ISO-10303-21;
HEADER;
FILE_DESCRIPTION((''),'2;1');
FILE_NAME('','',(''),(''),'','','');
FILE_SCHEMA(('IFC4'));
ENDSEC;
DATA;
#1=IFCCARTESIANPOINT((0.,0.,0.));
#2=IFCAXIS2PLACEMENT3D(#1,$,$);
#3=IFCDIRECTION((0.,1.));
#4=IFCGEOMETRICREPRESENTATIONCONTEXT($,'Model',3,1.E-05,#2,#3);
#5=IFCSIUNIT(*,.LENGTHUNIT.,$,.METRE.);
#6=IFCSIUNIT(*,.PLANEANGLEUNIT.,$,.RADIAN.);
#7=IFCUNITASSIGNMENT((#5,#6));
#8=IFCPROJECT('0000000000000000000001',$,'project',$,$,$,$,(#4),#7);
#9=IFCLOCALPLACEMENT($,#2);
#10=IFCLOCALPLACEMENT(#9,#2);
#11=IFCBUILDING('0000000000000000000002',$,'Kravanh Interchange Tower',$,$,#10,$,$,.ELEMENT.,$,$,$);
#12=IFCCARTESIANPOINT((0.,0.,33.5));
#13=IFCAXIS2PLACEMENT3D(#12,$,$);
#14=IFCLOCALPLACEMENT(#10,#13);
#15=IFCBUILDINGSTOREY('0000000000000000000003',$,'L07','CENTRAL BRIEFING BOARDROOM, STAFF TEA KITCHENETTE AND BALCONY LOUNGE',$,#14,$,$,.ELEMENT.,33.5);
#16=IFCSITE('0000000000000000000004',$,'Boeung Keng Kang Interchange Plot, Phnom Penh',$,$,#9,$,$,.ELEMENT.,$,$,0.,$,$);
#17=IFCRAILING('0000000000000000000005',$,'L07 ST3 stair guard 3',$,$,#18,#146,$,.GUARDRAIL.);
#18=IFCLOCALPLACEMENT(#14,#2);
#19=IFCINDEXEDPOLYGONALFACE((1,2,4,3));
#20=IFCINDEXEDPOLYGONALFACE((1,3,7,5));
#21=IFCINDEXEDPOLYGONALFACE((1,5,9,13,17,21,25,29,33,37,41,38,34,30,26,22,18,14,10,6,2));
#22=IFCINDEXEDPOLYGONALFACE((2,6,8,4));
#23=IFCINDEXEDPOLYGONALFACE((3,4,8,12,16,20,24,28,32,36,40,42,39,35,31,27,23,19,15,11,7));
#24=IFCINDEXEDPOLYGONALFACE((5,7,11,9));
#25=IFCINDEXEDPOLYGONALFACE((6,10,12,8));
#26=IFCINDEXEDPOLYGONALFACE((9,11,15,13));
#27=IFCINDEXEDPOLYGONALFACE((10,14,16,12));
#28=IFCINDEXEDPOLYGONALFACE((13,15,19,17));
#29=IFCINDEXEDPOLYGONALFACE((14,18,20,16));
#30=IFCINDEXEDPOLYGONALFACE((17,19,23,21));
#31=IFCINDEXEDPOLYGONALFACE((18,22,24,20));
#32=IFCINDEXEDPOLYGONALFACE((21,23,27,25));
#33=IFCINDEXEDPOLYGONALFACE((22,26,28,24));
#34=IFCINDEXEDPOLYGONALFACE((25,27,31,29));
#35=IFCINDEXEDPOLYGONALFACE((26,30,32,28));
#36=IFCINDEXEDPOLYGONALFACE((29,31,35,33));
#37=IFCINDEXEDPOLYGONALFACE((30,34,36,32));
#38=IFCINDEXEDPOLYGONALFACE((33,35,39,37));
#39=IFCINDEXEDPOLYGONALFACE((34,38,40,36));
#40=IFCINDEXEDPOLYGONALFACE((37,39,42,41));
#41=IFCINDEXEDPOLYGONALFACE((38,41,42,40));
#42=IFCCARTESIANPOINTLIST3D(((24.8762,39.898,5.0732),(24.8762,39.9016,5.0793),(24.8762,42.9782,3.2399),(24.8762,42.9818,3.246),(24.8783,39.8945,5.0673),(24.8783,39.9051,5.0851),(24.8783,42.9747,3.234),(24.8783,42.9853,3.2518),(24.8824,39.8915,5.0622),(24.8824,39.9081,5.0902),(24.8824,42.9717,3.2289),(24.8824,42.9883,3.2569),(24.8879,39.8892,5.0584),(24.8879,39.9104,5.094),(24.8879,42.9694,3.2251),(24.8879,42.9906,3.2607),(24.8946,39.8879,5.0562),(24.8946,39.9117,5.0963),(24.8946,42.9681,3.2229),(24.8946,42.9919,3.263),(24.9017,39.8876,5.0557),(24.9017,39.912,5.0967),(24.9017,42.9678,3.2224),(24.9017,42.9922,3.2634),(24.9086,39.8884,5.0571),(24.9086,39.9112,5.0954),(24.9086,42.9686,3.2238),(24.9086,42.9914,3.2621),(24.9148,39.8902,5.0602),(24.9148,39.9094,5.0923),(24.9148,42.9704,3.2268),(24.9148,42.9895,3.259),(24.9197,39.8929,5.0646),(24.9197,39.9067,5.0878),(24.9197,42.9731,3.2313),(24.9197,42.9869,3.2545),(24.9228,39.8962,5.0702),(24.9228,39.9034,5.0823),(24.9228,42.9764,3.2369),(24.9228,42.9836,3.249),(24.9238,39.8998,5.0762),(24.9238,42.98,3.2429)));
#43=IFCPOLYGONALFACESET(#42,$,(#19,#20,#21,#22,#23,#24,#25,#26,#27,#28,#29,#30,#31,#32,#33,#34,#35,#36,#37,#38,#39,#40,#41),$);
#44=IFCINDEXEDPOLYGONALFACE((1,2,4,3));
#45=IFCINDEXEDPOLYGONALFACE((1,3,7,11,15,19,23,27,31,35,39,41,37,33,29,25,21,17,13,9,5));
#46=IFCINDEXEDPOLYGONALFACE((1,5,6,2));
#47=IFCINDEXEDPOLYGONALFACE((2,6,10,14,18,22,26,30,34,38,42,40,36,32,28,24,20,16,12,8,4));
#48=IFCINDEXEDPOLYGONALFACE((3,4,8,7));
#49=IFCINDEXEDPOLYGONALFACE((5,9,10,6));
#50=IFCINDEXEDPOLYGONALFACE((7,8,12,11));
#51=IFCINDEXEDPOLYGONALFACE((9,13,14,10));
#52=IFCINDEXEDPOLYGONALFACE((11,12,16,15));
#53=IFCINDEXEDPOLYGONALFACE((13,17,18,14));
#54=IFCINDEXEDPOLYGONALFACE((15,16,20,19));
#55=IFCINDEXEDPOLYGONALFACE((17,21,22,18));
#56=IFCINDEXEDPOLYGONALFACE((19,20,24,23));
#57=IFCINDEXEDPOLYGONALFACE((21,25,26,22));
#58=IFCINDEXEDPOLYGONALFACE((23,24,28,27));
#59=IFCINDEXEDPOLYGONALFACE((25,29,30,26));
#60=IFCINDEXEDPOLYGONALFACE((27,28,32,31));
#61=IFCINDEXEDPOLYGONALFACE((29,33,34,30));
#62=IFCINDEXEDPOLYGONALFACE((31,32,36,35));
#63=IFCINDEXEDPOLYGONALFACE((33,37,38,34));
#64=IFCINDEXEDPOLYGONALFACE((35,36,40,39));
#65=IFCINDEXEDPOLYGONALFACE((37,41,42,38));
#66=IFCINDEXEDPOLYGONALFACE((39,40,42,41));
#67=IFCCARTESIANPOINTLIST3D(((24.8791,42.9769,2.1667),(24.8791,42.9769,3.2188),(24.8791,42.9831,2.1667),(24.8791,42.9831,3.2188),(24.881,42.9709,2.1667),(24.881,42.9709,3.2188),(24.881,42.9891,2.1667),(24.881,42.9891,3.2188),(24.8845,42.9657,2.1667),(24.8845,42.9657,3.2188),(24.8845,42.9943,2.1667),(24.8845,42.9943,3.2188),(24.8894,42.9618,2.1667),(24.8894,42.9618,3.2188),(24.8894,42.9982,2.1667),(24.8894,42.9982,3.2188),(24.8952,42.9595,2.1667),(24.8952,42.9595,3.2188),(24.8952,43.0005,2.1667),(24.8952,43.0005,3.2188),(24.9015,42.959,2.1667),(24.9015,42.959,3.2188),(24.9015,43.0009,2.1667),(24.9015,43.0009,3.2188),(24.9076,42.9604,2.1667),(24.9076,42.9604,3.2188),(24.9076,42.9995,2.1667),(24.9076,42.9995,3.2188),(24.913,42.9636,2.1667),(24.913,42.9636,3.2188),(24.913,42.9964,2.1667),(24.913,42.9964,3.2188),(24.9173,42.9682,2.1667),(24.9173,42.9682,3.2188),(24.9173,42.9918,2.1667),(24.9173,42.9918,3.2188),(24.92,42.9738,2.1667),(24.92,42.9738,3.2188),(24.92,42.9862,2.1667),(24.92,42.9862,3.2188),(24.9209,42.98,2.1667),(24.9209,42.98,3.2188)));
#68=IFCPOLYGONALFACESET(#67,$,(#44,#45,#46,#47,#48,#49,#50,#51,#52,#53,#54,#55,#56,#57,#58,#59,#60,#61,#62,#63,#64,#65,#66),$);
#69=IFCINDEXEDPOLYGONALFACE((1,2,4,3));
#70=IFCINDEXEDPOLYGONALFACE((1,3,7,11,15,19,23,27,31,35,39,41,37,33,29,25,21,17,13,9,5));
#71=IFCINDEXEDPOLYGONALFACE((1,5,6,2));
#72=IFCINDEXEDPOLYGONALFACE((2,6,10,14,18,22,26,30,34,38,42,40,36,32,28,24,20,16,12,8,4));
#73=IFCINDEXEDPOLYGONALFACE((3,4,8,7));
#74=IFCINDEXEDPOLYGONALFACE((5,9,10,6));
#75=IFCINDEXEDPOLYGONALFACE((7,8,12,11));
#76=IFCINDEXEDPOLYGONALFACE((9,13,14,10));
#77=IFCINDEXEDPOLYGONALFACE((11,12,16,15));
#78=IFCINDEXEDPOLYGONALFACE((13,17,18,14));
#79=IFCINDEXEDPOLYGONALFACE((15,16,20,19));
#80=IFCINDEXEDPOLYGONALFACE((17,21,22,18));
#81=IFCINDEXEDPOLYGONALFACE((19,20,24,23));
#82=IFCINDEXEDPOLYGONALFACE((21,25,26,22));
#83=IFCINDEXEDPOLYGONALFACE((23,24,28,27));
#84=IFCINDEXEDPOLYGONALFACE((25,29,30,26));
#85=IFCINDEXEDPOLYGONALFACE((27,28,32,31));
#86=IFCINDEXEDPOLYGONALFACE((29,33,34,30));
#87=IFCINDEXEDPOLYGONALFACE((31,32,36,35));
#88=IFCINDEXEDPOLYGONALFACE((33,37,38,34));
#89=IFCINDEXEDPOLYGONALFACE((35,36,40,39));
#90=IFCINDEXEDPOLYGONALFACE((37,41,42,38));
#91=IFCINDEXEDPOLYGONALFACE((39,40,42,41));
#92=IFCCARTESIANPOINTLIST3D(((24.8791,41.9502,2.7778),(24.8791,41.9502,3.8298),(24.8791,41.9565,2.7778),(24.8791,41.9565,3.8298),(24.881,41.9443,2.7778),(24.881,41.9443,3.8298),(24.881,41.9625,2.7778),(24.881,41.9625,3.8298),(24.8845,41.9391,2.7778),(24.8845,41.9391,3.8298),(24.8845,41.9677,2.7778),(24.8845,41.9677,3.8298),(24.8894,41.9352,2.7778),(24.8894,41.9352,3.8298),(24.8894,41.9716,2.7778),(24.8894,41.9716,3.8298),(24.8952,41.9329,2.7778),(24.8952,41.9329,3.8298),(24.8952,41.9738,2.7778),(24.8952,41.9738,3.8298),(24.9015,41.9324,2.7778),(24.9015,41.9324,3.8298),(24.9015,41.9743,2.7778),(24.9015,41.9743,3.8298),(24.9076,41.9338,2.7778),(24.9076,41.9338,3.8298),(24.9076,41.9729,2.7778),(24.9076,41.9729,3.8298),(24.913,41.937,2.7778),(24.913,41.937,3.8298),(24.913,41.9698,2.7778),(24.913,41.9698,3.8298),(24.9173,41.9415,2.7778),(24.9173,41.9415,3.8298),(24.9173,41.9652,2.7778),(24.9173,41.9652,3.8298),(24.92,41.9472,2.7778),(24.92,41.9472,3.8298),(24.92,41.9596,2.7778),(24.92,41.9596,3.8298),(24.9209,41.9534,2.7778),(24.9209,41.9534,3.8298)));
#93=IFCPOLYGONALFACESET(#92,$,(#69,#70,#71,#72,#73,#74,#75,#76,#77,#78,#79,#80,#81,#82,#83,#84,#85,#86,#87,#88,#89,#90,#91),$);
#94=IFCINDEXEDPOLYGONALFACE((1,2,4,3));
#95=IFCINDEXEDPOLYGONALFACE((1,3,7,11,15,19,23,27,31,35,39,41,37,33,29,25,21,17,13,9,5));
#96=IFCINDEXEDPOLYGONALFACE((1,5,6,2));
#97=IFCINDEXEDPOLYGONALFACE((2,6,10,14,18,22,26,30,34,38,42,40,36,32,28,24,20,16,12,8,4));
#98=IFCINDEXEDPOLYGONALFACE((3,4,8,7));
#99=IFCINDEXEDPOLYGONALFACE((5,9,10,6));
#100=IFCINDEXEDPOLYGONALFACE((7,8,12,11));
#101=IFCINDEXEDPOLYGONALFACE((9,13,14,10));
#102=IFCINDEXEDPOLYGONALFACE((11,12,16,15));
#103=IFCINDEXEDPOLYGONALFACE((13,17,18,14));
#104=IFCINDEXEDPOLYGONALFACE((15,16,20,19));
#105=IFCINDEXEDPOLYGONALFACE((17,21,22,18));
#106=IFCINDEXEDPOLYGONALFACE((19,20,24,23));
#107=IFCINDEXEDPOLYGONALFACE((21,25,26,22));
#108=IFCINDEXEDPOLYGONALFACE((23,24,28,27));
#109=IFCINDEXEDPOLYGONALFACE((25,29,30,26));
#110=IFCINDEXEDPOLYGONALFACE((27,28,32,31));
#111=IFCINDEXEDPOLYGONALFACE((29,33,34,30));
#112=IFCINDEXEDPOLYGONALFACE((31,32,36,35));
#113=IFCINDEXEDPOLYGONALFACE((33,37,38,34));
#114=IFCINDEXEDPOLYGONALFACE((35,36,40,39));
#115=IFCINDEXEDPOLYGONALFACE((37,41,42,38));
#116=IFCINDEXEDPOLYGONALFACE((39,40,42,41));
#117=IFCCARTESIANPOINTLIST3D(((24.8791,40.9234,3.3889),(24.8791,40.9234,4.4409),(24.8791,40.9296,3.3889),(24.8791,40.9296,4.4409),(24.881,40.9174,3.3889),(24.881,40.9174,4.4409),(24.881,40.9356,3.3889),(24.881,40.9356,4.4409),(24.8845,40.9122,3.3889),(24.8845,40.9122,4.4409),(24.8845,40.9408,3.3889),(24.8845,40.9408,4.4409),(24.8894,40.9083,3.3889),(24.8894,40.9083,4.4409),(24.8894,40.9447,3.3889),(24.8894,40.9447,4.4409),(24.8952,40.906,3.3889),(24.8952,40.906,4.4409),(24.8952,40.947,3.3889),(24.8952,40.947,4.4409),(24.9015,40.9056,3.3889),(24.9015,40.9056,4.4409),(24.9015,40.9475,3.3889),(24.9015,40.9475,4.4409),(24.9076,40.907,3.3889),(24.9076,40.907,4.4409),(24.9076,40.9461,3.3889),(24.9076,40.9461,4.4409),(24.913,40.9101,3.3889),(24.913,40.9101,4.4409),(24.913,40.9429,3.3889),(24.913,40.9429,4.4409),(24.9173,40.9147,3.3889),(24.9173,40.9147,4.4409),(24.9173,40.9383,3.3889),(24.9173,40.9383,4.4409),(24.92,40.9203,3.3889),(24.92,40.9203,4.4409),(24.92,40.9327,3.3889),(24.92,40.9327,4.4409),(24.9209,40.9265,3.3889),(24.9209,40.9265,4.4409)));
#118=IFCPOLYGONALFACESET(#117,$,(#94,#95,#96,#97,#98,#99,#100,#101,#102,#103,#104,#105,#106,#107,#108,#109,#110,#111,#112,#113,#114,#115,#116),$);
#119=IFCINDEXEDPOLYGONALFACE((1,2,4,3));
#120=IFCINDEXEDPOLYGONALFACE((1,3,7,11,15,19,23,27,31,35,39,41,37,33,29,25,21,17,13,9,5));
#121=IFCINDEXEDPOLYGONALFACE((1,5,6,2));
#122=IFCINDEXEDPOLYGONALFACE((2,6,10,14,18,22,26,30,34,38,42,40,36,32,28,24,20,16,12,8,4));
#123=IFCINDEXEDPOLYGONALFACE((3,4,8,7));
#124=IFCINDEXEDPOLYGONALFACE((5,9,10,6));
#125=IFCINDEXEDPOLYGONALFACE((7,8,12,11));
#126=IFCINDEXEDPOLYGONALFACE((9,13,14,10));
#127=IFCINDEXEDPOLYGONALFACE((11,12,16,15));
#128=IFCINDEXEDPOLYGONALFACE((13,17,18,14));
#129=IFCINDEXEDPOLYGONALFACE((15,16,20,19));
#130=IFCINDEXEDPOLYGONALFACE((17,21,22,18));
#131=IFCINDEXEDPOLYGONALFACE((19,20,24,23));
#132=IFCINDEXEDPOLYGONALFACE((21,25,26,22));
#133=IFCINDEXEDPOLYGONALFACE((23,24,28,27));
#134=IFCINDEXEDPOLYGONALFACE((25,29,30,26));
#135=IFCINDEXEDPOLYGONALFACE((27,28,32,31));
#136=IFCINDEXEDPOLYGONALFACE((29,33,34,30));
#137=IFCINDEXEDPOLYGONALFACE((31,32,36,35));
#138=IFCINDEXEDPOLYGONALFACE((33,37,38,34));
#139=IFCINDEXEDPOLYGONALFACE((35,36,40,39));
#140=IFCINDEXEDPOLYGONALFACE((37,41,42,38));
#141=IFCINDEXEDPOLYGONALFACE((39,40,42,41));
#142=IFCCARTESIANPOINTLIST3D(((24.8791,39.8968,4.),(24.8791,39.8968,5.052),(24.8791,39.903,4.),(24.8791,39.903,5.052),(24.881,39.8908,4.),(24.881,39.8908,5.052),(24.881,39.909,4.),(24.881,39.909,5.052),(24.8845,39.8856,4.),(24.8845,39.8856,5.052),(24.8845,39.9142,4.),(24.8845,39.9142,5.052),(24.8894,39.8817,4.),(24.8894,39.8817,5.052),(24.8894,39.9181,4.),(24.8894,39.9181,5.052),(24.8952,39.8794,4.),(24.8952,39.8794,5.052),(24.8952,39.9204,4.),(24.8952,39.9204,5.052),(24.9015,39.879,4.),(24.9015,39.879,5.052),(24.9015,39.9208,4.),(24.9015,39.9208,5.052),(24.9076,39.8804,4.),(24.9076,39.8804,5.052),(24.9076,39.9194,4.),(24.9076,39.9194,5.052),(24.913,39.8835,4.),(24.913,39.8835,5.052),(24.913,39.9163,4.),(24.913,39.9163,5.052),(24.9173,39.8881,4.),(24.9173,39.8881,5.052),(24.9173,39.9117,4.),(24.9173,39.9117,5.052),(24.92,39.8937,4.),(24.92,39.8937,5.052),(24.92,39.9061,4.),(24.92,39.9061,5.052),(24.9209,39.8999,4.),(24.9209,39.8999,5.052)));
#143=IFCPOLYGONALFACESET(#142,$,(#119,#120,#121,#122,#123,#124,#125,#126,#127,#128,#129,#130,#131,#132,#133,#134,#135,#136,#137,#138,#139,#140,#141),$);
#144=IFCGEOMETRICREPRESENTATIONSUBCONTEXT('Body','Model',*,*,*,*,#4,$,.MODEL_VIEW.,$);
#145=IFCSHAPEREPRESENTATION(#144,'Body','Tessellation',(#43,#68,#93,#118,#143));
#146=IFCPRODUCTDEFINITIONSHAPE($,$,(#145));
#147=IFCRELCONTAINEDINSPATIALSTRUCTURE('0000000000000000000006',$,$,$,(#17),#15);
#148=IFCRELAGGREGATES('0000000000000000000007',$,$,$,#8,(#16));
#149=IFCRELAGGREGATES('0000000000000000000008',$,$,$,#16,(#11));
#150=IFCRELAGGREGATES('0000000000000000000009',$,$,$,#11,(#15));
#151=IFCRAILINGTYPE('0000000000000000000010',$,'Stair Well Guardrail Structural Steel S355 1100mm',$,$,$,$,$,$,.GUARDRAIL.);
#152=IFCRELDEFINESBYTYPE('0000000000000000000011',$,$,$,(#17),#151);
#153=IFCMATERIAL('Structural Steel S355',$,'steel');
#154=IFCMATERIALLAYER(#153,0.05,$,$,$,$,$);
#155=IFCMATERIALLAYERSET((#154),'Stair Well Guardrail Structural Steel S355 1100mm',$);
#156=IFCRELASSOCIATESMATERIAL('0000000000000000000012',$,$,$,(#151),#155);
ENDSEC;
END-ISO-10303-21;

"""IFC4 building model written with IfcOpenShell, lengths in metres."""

from ifc_helpers import new_model, si_unit, direction, frame, origin, origin_2d, place, context, subcontext, project, spatial, circle, extrude, material, layer, layer_set, type_object, element, save


model = new_model("IFC4")

# Units and contexts
model_context = context("Model", 3, precision=1e-05, world=origin(), true_north=direction((0.0, 1.0)))
body_context = subcontext(model_context, "Body", "Model", "MODEL_VIEW")
ifc_project = project(units=[si_unit("LENGTHUNIT", "METRE"), si_unit("PLANEANGLEUNIT", "RADIAN")], contexts=[model_context])

# Site, building, storey
site_placement = place(None, origin())
site = spatial("IfcSite", under=ifc_project, at=site_placement, Name="Boeung Keng Kang Interchange Plot, Phnom Penh", CompositionType="ELEMENT", RefElevation=0.0)
building_placement = place(site_placement, origin())
building = spatial("IfcBuilding", under=site, at=building_placement, Name="Kravanh Interchange Tower", CompositionType="ELEMENT")
storey_placement = place(building_placement, frame((0.0, 0.0, 33.5)))
storey = spatial("IfcBuildingStorey", under=building, at=storey_placement, Name="L07", Description="CENTRAL BRIEFING BOARDROOM, STAFF TEA KITCHENETTE AND BALCONY LOUNGE", CompositionType="ELEMENT", Elevation=33.5)

# Railing
ifc_material_1 = material(Name="Structural Steel S355", Category="steel")
ifc_layer_1 = layer(ifc_material_1, 0.05)
ifc_layer_set_1 = layer_set([ifc_layer_1], Name="Stair Well Guardrail Structural Steel S355 1100mm")
railing_type_1 = type_object("IfcRailingType", Name="Stair Well Guardrail Structural Steel S355 1100mm", PredefinedType="GUARDRAIL", material=ifc_layer_set_1)
railing_1_placement = place(storey_placement, frame((24.8999, 42.98, 2.1667)))
element("IfcRailing", 1, at=railing_1_placement, inside=storey, type_object=railing_type_1, Name="L07 ST3 stair guard 3", PredefinedType="GUARDRAIL", context=body_context, shape_type="SweptSolid", body=[
    extrude(circle(Radius=0.0239, at=origin_2d()), frame((0.0, 0.0, 1.0762), z_axis=(0.0, -0.859309, 0.511458), x_axis=(1.0, 0.0, 0.0)), (0.0, 0.0, 1.0), 3.5845),
    extrude(circle(Radius=0.021, at=origin_2d()), origin(), (0.0, 0.0, 1.0), 1.052),
    extrude(circle(Radius=0.021, at=origin_2d()), frame((0.0, -1.0266, 0.6111)), (0.0, 0.0, 1.0), 1.052),
    extrude(circle(Radius=0.021, at=origin_2d()), frame((0.0, -2.0535, 1.2222)), (0.0, 0.0, 1.0), 1.052),
    extrude(circle(Radius=0.021, at=origin_2d()), frame((0.0, -3.0801, 1.8333)), (0.0, 0.0, 1.0), 1.052),
])

save(model, "model.ifc")
